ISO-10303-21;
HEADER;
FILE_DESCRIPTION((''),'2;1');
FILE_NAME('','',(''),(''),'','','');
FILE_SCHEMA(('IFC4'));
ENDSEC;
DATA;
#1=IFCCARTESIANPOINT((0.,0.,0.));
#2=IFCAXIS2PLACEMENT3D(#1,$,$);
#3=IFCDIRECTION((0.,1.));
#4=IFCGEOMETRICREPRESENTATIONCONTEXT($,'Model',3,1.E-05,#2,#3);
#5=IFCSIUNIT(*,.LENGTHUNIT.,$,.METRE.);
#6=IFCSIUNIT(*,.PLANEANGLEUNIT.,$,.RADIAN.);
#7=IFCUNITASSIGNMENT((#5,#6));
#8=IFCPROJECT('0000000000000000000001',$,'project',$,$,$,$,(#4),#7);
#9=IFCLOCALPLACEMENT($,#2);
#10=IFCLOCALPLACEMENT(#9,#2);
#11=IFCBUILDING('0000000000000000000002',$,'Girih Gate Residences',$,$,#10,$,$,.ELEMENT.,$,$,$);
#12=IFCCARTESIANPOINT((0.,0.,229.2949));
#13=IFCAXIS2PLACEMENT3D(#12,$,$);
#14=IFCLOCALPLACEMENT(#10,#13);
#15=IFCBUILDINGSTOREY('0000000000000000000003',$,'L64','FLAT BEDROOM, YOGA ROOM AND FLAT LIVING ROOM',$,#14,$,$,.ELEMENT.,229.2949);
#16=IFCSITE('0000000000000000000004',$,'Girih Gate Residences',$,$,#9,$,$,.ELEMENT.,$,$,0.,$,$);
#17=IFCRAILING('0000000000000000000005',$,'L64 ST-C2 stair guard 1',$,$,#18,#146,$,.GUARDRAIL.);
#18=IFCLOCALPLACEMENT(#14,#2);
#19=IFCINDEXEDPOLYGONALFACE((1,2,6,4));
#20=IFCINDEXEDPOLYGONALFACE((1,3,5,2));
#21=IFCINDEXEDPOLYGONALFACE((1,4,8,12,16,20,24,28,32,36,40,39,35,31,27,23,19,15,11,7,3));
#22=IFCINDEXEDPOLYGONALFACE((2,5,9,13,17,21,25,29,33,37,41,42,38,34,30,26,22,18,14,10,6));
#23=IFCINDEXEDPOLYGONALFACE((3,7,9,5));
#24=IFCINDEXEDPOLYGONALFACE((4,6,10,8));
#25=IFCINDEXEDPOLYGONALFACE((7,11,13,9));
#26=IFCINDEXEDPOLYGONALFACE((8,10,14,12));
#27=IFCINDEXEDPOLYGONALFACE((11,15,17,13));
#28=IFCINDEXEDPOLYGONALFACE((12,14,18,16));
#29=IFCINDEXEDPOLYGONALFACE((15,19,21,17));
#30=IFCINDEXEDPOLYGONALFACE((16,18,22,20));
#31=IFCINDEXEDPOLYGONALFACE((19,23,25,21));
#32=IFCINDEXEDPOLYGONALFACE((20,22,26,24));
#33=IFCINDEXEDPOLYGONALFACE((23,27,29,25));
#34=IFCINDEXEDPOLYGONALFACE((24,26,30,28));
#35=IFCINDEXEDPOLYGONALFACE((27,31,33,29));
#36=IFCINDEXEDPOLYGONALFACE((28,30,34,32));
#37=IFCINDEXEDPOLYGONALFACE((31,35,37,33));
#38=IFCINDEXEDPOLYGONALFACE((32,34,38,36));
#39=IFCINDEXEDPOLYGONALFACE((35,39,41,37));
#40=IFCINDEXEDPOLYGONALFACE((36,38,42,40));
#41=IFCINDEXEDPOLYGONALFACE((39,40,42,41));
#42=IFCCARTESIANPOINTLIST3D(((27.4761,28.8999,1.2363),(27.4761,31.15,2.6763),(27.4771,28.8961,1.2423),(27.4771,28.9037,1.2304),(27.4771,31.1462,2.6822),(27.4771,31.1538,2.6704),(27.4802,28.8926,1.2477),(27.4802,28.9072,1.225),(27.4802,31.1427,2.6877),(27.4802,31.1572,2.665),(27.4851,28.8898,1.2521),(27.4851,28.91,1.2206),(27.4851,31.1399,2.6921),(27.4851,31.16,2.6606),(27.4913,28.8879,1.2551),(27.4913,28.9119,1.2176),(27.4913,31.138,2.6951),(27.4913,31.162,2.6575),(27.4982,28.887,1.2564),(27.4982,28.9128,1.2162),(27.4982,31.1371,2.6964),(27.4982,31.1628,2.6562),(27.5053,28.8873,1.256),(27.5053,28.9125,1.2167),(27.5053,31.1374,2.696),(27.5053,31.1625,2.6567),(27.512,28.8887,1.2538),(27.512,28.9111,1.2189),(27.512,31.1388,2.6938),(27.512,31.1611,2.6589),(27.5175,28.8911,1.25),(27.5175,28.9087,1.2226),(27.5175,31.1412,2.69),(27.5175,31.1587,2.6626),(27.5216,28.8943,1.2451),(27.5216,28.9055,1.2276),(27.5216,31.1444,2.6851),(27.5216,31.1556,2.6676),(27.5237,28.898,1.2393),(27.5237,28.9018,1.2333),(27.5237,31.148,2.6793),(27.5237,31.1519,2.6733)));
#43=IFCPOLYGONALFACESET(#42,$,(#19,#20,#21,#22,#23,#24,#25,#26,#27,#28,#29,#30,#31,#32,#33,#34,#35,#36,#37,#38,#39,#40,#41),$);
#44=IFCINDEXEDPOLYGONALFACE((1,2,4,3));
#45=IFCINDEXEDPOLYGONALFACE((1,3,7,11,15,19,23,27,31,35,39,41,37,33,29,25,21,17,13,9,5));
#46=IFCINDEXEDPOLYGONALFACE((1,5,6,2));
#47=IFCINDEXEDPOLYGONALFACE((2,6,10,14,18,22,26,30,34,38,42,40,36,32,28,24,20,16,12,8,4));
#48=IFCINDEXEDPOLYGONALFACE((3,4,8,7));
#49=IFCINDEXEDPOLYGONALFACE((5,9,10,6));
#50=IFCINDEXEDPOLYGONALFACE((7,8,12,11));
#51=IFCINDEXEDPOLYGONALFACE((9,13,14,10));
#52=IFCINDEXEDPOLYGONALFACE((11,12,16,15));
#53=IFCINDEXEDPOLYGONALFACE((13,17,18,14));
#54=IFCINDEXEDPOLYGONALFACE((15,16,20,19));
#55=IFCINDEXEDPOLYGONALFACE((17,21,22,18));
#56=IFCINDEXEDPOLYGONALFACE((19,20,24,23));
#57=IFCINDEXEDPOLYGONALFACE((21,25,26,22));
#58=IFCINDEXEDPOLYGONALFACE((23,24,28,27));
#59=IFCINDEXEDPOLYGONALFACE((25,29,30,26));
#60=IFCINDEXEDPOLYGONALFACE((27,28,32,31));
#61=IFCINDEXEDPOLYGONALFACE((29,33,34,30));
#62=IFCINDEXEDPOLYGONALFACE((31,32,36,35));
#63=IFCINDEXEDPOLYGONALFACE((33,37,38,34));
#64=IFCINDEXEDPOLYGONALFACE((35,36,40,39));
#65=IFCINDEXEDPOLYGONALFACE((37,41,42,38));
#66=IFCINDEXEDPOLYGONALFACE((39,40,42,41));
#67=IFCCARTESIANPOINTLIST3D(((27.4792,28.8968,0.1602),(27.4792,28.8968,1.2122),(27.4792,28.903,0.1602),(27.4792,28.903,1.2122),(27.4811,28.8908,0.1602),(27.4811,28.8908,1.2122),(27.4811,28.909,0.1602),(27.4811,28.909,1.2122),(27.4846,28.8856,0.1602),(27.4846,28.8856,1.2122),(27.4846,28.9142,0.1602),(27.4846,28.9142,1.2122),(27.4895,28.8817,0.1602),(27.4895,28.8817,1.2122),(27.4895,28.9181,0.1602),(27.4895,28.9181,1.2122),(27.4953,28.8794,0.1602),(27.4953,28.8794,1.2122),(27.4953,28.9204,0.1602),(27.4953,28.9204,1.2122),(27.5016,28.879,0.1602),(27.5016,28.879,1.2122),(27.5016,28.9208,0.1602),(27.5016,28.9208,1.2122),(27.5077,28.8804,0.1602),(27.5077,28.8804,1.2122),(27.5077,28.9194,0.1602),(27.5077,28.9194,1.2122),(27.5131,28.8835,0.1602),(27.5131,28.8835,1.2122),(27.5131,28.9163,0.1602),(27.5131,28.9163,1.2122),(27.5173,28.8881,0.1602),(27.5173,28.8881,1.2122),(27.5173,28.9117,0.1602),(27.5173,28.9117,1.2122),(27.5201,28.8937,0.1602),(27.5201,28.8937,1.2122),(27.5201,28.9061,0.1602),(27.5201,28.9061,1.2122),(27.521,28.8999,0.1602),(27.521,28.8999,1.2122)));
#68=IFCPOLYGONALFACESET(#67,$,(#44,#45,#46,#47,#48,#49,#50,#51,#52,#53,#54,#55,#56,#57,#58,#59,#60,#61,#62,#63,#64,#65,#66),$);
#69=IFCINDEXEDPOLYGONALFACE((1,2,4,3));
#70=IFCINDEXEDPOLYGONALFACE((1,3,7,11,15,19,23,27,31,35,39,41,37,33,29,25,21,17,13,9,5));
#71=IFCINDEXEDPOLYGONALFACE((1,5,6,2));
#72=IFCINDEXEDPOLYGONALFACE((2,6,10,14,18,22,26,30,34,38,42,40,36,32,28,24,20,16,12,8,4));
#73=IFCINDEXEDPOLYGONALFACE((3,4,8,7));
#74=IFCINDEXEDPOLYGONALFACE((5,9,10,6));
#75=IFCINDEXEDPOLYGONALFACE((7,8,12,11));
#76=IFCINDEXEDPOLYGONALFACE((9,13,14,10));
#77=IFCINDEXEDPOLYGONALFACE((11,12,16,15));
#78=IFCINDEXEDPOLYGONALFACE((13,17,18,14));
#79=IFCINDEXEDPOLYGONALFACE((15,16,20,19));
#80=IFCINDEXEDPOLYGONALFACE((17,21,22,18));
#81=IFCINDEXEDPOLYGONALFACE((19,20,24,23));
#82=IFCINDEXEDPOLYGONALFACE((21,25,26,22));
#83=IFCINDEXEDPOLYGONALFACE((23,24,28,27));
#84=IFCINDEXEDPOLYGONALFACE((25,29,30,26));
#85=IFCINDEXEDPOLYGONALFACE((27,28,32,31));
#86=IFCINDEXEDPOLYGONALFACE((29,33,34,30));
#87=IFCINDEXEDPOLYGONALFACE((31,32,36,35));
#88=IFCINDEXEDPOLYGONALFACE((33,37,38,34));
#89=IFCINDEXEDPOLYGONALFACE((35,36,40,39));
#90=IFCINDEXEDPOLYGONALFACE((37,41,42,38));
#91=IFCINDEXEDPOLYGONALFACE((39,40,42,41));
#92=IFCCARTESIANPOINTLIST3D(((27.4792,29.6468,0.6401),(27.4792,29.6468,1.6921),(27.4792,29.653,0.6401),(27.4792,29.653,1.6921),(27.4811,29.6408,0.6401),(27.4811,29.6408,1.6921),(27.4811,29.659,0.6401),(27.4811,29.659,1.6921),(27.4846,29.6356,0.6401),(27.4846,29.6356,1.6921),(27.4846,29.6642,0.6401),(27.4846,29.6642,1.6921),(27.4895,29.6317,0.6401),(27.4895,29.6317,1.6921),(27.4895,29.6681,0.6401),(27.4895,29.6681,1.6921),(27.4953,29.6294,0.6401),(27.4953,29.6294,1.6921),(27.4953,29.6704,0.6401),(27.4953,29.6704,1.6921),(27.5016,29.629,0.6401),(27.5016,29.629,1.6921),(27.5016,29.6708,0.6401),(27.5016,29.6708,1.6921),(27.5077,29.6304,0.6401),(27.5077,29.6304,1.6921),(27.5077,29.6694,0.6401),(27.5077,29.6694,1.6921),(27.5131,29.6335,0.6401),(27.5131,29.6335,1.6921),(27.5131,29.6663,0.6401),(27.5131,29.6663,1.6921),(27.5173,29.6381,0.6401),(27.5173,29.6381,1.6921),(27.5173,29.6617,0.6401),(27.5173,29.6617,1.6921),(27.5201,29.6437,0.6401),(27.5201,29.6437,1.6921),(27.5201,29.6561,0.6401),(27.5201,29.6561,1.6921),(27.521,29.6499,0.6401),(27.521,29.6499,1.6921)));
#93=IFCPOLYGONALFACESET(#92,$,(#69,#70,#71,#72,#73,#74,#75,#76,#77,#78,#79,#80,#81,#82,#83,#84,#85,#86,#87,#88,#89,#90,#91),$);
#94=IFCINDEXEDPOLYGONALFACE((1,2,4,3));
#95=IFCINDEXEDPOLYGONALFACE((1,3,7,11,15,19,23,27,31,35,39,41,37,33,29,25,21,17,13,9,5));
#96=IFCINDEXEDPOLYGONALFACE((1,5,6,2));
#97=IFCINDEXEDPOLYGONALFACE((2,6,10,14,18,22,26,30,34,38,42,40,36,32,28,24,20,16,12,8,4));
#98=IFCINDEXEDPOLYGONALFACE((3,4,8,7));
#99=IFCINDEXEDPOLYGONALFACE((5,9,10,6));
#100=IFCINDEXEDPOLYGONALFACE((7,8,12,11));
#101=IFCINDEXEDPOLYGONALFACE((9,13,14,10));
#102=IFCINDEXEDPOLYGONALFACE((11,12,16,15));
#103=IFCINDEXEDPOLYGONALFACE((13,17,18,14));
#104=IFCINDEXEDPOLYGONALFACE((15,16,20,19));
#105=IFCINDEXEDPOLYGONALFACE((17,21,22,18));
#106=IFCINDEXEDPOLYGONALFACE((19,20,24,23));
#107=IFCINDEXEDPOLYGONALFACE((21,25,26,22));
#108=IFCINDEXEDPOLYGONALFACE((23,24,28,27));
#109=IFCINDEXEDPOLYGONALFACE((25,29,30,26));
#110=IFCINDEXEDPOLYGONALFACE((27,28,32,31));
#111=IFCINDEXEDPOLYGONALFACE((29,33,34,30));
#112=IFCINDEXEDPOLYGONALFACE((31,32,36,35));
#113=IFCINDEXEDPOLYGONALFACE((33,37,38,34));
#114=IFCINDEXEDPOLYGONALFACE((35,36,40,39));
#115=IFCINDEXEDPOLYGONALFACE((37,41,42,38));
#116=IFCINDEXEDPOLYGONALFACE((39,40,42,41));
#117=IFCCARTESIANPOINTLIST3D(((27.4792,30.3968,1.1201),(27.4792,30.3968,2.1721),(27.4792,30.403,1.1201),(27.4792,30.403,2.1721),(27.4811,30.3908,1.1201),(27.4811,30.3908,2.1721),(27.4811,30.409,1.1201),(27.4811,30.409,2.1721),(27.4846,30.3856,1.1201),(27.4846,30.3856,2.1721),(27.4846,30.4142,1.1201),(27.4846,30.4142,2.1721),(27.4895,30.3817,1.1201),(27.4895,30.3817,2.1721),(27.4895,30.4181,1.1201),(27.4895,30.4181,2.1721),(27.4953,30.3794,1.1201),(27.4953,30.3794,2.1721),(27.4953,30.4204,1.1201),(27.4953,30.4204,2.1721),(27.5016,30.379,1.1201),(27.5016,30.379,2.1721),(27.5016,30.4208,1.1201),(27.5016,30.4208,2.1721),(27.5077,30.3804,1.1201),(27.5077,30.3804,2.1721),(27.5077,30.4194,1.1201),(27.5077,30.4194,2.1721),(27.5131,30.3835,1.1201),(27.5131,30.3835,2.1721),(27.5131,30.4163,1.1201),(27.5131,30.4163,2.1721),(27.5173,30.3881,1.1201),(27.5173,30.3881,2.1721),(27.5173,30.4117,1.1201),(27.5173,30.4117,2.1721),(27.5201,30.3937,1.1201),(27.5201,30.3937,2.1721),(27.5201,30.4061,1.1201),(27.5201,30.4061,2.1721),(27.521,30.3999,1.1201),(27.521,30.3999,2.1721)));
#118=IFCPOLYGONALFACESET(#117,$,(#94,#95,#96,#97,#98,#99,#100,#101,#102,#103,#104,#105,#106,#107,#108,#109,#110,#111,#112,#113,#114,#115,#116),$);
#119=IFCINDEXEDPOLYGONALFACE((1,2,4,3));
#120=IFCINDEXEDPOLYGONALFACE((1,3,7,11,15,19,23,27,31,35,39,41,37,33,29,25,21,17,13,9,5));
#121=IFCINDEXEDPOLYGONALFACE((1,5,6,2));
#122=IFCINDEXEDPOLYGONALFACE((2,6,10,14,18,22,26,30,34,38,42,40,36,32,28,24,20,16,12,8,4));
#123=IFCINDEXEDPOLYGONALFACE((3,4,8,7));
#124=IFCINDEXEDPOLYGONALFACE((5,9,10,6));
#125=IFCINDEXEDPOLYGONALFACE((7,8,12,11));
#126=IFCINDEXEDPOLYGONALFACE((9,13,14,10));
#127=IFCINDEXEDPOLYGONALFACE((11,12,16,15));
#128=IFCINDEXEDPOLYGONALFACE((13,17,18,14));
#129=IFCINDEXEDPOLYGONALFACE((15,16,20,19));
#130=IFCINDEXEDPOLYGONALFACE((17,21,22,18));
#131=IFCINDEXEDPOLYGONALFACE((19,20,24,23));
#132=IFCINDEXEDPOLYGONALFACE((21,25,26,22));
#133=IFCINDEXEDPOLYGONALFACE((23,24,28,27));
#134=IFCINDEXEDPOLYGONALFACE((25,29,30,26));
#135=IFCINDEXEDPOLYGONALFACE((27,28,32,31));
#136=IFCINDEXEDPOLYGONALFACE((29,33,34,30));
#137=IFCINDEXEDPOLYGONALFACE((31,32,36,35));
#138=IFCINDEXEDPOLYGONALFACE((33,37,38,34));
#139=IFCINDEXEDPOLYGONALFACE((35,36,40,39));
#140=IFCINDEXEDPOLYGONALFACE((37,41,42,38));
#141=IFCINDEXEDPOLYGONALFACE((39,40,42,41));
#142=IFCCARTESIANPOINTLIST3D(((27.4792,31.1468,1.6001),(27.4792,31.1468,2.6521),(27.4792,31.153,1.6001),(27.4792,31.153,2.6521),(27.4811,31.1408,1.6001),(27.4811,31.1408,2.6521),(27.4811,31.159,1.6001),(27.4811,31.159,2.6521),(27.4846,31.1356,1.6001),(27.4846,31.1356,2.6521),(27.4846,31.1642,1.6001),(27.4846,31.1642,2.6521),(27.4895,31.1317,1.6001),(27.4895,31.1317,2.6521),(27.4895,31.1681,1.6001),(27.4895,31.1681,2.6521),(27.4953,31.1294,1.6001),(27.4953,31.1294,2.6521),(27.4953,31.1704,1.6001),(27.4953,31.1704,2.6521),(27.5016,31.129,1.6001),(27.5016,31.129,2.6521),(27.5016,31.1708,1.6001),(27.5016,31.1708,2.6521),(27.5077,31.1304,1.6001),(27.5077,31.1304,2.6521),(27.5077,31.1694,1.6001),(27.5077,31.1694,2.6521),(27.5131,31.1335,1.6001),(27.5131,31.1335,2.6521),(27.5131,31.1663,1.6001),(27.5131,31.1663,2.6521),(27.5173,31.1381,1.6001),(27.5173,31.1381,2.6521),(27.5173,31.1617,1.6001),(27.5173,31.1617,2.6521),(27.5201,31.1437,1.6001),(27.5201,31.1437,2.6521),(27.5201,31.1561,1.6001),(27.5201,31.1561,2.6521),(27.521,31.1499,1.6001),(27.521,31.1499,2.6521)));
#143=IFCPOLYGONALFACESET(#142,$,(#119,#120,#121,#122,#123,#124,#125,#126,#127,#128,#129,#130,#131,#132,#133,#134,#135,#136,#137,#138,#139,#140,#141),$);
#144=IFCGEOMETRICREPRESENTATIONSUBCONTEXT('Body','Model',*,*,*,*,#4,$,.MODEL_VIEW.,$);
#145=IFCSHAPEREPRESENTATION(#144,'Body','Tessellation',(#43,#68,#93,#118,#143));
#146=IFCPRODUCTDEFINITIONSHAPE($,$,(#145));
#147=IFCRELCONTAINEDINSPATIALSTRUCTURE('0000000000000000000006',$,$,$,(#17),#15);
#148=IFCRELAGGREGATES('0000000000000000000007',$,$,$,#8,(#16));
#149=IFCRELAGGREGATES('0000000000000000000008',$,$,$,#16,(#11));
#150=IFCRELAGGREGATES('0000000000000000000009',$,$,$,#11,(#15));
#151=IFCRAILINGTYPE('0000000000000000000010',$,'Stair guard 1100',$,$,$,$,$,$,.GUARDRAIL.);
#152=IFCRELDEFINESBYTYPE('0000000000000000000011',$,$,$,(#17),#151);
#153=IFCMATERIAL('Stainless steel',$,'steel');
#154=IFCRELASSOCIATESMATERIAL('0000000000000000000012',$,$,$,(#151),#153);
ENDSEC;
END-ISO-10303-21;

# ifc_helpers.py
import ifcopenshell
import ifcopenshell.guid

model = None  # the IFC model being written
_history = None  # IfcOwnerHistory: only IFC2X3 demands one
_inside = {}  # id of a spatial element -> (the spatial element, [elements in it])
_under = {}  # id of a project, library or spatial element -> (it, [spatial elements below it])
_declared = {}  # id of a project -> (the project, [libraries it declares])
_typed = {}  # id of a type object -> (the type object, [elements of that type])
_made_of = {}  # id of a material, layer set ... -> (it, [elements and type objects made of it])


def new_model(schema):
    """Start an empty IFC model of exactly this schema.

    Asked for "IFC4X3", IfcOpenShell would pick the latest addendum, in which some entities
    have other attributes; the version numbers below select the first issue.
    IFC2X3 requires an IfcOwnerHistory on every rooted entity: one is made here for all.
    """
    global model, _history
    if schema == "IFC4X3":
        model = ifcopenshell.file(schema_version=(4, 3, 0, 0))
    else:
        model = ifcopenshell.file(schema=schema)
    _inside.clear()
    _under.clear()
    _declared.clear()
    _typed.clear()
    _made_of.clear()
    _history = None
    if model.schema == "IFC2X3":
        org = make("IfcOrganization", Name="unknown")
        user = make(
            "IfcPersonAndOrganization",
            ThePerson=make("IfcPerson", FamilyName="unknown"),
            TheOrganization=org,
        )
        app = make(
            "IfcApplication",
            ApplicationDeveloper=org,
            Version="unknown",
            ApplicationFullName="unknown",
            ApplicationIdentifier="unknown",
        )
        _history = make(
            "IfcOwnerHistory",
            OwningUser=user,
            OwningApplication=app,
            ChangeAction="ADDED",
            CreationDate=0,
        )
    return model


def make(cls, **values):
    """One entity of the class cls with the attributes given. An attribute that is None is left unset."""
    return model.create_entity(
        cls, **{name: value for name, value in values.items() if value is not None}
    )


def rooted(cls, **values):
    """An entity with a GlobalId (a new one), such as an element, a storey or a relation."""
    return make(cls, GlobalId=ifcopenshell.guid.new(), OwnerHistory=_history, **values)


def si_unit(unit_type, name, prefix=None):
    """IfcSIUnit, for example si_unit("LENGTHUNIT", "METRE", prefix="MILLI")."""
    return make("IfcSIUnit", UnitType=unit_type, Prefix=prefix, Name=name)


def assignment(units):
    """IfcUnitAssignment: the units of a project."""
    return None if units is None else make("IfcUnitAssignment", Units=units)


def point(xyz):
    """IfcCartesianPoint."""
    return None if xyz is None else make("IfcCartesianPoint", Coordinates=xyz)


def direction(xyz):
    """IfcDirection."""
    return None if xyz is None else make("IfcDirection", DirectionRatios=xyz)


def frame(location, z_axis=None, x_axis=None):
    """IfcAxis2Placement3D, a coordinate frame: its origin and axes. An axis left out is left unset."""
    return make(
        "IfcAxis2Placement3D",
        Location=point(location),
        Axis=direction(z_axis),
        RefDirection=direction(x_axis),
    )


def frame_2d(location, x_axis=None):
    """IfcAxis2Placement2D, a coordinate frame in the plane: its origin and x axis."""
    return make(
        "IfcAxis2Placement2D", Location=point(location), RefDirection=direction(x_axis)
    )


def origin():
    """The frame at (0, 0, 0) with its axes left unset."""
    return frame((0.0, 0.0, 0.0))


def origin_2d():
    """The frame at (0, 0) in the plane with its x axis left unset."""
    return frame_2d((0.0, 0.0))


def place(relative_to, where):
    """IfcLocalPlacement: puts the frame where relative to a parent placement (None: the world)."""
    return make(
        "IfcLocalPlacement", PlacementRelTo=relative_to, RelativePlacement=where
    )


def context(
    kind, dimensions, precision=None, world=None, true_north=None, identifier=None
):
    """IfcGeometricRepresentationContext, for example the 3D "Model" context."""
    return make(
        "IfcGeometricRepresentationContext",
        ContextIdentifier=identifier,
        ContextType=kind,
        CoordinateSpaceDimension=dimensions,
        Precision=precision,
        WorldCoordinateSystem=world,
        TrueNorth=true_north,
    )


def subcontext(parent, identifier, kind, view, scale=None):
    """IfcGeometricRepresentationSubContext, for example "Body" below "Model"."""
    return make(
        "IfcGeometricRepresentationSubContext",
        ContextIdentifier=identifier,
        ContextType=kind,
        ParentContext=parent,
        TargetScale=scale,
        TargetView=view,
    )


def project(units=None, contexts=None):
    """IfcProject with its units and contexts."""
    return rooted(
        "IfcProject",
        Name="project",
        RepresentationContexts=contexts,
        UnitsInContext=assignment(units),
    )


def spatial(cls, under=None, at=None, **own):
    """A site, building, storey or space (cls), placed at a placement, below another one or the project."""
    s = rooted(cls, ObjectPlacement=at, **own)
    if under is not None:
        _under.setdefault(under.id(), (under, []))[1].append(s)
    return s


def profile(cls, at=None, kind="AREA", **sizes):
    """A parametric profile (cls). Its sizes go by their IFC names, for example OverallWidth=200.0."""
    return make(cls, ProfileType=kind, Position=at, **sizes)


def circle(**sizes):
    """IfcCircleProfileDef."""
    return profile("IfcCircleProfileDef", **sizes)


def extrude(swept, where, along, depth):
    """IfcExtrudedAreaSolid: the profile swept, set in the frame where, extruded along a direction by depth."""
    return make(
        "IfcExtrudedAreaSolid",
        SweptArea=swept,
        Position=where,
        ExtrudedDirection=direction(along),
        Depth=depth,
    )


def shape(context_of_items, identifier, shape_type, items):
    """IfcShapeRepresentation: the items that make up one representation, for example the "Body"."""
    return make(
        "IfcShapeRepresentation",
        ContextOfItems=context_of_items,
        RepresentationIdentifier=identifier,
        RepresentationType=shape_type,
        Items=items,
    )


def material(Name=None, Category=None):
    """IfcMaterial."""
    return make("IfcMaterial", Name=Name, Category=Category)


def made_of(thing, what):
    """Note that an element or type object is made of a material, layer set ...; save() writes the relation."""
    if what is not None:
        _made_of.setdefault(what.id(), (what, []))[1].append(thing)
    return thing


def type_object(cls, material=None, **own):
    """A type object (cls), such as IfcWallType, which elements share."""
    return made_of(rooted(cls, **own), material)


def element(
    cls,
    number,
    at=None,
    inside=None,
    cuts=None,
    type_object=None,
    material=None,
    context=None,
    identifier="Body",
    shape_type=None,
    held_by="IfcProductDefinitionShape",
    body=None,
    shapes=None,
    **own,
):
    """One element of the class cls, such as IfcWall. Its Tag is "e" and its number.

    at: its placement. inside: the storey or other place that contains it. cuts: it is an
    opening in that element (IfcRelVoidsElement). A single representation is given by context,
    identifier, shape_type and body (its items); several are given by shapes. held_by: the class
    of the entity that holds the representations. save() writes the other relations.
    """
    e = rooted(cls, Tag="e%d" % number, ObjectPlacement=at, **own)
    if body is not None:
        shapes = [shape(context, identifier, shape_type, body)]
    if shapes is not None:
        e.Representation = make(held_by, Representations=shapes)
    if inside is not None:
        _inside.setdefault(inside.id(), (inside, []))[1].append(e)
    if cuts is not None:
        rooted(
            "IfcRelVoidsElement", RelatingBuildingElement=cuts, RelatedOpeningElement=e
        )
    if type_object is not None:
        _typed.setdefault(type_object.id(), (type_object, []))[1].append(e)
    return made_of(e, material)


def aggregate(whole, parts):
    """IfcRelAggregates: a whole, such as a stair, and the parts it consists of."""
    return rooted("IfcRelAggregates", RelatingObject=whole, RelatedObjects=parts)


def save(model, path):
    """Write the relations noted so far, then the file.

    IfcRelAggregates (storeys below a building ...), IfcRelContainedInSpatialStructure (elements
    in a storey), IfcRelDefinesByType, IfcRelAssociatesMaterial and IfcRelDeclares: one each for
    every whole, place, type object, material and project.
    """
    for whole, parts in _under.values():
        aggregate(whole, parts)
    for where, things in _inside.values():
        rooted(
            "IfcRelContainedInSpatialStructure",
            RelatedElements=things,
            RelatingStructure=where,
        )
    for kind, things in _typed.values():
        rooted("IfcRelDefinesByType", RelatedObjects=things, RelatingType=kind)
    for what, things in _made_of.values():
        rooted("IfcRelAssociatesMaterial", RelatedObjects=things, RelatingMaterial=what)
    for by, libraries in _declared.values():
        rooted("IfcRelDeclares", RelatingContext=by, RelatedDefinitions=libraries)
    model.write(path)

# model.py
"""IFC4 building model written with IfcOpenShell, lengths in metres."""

from ifc_helpers import new_model, si_unit, direction, frame, origin, origin_2d, place, context, subcontext, project, spatial, circle, extrude, material, type_object, element, save


model = new_model("IFC4")

# Units and contexts
model_context = context("Model", 3, precision=1e-05, world=origin(), true_north=direction((0.0, 1.0)))
body_context = subcontext(model_context, "Body", "Model", "MODEL_VIEW")
ifc_project = project(units=[si_unit("LENGTHUNIT", "METRE"), si_unit("PLANEANGLEUNIT", "RADIAN")], contexts=[model_context])

# Site, building, storey
site_placement = place(None, origin())
site = spatial("IfcSite", under=ifc_project, at=site_placement, Name="Girih Gate Residences", CompositionType="ELEMENT", RefElevation=0.0)
building_placement = place(site_placement, origin())
building = spatial("IfcBuilding", under=site, at=building_placement, Name="Girih Gate Residences", CompositionType="ELEMENT")
storey_placement = place(building_placement, frame((0.0, 0.0, 229.2949)))
storey = spatial("IfcBuildingStorey", under=building, at=storey_placement, Name="L64", Description="FLAT BEDROOM, YOGA ROOM AND FLAT LIVING ROOM", CompositionType="ELEMENT", Elevation=229.2949)

# Railing
ifc_material_1 = material(Name="Stainless steel", Category="steel")
railing_type_1 = type_object("IfcRailingType", Name="Stair guard 1100", PredefinedType="GUARDRAIL", material=ifc_material_1)
railing_1_placement = place(storey_placement, frame((27.5, 28.8999, 0.1602)))
element("IfcRailing", 1, at=railing_1_placement, inside=storey, type_object=railing_type_1, Name="L64 ST-C2 stair guard 1", PredefinedType="GUARDRAIL", context=body_context, shape_type="SweptSolid", body=[
    extrude(circle(Radius=0.0239, at=origin_2d()), frame((0.0, 0.0, 1.0762), z_axis=(0.0, 0.842281, 0.539038), x_axis=(-1.0, 0.0, 0.0)), (0.0, 0.0, 1.0), 2.6714),
    extrude(circle(Radius=0.021, at=origin_2d()), origin(), (0.0, 0.0, 1.0), 1.052),
    extrude(circle(Radius=0.021, at=origin_2d()), frame((0.0, 0.75, 0.48)), (0.0, 0.0, 1.0), 1.052),
    extrude(circle(Radius=0.021, at=origin_2d()), frame((0.0, 1.5, 0.96)), (0.0, 0.0, 1.0), 1.052),
    extrude(circle(Radius=0.021, at=origin_2d()), frame((0.0, 2.25, 1.4399)), (0.0, 0.0, 1.0), 1.052),
])

save(model, "model.ifc")
